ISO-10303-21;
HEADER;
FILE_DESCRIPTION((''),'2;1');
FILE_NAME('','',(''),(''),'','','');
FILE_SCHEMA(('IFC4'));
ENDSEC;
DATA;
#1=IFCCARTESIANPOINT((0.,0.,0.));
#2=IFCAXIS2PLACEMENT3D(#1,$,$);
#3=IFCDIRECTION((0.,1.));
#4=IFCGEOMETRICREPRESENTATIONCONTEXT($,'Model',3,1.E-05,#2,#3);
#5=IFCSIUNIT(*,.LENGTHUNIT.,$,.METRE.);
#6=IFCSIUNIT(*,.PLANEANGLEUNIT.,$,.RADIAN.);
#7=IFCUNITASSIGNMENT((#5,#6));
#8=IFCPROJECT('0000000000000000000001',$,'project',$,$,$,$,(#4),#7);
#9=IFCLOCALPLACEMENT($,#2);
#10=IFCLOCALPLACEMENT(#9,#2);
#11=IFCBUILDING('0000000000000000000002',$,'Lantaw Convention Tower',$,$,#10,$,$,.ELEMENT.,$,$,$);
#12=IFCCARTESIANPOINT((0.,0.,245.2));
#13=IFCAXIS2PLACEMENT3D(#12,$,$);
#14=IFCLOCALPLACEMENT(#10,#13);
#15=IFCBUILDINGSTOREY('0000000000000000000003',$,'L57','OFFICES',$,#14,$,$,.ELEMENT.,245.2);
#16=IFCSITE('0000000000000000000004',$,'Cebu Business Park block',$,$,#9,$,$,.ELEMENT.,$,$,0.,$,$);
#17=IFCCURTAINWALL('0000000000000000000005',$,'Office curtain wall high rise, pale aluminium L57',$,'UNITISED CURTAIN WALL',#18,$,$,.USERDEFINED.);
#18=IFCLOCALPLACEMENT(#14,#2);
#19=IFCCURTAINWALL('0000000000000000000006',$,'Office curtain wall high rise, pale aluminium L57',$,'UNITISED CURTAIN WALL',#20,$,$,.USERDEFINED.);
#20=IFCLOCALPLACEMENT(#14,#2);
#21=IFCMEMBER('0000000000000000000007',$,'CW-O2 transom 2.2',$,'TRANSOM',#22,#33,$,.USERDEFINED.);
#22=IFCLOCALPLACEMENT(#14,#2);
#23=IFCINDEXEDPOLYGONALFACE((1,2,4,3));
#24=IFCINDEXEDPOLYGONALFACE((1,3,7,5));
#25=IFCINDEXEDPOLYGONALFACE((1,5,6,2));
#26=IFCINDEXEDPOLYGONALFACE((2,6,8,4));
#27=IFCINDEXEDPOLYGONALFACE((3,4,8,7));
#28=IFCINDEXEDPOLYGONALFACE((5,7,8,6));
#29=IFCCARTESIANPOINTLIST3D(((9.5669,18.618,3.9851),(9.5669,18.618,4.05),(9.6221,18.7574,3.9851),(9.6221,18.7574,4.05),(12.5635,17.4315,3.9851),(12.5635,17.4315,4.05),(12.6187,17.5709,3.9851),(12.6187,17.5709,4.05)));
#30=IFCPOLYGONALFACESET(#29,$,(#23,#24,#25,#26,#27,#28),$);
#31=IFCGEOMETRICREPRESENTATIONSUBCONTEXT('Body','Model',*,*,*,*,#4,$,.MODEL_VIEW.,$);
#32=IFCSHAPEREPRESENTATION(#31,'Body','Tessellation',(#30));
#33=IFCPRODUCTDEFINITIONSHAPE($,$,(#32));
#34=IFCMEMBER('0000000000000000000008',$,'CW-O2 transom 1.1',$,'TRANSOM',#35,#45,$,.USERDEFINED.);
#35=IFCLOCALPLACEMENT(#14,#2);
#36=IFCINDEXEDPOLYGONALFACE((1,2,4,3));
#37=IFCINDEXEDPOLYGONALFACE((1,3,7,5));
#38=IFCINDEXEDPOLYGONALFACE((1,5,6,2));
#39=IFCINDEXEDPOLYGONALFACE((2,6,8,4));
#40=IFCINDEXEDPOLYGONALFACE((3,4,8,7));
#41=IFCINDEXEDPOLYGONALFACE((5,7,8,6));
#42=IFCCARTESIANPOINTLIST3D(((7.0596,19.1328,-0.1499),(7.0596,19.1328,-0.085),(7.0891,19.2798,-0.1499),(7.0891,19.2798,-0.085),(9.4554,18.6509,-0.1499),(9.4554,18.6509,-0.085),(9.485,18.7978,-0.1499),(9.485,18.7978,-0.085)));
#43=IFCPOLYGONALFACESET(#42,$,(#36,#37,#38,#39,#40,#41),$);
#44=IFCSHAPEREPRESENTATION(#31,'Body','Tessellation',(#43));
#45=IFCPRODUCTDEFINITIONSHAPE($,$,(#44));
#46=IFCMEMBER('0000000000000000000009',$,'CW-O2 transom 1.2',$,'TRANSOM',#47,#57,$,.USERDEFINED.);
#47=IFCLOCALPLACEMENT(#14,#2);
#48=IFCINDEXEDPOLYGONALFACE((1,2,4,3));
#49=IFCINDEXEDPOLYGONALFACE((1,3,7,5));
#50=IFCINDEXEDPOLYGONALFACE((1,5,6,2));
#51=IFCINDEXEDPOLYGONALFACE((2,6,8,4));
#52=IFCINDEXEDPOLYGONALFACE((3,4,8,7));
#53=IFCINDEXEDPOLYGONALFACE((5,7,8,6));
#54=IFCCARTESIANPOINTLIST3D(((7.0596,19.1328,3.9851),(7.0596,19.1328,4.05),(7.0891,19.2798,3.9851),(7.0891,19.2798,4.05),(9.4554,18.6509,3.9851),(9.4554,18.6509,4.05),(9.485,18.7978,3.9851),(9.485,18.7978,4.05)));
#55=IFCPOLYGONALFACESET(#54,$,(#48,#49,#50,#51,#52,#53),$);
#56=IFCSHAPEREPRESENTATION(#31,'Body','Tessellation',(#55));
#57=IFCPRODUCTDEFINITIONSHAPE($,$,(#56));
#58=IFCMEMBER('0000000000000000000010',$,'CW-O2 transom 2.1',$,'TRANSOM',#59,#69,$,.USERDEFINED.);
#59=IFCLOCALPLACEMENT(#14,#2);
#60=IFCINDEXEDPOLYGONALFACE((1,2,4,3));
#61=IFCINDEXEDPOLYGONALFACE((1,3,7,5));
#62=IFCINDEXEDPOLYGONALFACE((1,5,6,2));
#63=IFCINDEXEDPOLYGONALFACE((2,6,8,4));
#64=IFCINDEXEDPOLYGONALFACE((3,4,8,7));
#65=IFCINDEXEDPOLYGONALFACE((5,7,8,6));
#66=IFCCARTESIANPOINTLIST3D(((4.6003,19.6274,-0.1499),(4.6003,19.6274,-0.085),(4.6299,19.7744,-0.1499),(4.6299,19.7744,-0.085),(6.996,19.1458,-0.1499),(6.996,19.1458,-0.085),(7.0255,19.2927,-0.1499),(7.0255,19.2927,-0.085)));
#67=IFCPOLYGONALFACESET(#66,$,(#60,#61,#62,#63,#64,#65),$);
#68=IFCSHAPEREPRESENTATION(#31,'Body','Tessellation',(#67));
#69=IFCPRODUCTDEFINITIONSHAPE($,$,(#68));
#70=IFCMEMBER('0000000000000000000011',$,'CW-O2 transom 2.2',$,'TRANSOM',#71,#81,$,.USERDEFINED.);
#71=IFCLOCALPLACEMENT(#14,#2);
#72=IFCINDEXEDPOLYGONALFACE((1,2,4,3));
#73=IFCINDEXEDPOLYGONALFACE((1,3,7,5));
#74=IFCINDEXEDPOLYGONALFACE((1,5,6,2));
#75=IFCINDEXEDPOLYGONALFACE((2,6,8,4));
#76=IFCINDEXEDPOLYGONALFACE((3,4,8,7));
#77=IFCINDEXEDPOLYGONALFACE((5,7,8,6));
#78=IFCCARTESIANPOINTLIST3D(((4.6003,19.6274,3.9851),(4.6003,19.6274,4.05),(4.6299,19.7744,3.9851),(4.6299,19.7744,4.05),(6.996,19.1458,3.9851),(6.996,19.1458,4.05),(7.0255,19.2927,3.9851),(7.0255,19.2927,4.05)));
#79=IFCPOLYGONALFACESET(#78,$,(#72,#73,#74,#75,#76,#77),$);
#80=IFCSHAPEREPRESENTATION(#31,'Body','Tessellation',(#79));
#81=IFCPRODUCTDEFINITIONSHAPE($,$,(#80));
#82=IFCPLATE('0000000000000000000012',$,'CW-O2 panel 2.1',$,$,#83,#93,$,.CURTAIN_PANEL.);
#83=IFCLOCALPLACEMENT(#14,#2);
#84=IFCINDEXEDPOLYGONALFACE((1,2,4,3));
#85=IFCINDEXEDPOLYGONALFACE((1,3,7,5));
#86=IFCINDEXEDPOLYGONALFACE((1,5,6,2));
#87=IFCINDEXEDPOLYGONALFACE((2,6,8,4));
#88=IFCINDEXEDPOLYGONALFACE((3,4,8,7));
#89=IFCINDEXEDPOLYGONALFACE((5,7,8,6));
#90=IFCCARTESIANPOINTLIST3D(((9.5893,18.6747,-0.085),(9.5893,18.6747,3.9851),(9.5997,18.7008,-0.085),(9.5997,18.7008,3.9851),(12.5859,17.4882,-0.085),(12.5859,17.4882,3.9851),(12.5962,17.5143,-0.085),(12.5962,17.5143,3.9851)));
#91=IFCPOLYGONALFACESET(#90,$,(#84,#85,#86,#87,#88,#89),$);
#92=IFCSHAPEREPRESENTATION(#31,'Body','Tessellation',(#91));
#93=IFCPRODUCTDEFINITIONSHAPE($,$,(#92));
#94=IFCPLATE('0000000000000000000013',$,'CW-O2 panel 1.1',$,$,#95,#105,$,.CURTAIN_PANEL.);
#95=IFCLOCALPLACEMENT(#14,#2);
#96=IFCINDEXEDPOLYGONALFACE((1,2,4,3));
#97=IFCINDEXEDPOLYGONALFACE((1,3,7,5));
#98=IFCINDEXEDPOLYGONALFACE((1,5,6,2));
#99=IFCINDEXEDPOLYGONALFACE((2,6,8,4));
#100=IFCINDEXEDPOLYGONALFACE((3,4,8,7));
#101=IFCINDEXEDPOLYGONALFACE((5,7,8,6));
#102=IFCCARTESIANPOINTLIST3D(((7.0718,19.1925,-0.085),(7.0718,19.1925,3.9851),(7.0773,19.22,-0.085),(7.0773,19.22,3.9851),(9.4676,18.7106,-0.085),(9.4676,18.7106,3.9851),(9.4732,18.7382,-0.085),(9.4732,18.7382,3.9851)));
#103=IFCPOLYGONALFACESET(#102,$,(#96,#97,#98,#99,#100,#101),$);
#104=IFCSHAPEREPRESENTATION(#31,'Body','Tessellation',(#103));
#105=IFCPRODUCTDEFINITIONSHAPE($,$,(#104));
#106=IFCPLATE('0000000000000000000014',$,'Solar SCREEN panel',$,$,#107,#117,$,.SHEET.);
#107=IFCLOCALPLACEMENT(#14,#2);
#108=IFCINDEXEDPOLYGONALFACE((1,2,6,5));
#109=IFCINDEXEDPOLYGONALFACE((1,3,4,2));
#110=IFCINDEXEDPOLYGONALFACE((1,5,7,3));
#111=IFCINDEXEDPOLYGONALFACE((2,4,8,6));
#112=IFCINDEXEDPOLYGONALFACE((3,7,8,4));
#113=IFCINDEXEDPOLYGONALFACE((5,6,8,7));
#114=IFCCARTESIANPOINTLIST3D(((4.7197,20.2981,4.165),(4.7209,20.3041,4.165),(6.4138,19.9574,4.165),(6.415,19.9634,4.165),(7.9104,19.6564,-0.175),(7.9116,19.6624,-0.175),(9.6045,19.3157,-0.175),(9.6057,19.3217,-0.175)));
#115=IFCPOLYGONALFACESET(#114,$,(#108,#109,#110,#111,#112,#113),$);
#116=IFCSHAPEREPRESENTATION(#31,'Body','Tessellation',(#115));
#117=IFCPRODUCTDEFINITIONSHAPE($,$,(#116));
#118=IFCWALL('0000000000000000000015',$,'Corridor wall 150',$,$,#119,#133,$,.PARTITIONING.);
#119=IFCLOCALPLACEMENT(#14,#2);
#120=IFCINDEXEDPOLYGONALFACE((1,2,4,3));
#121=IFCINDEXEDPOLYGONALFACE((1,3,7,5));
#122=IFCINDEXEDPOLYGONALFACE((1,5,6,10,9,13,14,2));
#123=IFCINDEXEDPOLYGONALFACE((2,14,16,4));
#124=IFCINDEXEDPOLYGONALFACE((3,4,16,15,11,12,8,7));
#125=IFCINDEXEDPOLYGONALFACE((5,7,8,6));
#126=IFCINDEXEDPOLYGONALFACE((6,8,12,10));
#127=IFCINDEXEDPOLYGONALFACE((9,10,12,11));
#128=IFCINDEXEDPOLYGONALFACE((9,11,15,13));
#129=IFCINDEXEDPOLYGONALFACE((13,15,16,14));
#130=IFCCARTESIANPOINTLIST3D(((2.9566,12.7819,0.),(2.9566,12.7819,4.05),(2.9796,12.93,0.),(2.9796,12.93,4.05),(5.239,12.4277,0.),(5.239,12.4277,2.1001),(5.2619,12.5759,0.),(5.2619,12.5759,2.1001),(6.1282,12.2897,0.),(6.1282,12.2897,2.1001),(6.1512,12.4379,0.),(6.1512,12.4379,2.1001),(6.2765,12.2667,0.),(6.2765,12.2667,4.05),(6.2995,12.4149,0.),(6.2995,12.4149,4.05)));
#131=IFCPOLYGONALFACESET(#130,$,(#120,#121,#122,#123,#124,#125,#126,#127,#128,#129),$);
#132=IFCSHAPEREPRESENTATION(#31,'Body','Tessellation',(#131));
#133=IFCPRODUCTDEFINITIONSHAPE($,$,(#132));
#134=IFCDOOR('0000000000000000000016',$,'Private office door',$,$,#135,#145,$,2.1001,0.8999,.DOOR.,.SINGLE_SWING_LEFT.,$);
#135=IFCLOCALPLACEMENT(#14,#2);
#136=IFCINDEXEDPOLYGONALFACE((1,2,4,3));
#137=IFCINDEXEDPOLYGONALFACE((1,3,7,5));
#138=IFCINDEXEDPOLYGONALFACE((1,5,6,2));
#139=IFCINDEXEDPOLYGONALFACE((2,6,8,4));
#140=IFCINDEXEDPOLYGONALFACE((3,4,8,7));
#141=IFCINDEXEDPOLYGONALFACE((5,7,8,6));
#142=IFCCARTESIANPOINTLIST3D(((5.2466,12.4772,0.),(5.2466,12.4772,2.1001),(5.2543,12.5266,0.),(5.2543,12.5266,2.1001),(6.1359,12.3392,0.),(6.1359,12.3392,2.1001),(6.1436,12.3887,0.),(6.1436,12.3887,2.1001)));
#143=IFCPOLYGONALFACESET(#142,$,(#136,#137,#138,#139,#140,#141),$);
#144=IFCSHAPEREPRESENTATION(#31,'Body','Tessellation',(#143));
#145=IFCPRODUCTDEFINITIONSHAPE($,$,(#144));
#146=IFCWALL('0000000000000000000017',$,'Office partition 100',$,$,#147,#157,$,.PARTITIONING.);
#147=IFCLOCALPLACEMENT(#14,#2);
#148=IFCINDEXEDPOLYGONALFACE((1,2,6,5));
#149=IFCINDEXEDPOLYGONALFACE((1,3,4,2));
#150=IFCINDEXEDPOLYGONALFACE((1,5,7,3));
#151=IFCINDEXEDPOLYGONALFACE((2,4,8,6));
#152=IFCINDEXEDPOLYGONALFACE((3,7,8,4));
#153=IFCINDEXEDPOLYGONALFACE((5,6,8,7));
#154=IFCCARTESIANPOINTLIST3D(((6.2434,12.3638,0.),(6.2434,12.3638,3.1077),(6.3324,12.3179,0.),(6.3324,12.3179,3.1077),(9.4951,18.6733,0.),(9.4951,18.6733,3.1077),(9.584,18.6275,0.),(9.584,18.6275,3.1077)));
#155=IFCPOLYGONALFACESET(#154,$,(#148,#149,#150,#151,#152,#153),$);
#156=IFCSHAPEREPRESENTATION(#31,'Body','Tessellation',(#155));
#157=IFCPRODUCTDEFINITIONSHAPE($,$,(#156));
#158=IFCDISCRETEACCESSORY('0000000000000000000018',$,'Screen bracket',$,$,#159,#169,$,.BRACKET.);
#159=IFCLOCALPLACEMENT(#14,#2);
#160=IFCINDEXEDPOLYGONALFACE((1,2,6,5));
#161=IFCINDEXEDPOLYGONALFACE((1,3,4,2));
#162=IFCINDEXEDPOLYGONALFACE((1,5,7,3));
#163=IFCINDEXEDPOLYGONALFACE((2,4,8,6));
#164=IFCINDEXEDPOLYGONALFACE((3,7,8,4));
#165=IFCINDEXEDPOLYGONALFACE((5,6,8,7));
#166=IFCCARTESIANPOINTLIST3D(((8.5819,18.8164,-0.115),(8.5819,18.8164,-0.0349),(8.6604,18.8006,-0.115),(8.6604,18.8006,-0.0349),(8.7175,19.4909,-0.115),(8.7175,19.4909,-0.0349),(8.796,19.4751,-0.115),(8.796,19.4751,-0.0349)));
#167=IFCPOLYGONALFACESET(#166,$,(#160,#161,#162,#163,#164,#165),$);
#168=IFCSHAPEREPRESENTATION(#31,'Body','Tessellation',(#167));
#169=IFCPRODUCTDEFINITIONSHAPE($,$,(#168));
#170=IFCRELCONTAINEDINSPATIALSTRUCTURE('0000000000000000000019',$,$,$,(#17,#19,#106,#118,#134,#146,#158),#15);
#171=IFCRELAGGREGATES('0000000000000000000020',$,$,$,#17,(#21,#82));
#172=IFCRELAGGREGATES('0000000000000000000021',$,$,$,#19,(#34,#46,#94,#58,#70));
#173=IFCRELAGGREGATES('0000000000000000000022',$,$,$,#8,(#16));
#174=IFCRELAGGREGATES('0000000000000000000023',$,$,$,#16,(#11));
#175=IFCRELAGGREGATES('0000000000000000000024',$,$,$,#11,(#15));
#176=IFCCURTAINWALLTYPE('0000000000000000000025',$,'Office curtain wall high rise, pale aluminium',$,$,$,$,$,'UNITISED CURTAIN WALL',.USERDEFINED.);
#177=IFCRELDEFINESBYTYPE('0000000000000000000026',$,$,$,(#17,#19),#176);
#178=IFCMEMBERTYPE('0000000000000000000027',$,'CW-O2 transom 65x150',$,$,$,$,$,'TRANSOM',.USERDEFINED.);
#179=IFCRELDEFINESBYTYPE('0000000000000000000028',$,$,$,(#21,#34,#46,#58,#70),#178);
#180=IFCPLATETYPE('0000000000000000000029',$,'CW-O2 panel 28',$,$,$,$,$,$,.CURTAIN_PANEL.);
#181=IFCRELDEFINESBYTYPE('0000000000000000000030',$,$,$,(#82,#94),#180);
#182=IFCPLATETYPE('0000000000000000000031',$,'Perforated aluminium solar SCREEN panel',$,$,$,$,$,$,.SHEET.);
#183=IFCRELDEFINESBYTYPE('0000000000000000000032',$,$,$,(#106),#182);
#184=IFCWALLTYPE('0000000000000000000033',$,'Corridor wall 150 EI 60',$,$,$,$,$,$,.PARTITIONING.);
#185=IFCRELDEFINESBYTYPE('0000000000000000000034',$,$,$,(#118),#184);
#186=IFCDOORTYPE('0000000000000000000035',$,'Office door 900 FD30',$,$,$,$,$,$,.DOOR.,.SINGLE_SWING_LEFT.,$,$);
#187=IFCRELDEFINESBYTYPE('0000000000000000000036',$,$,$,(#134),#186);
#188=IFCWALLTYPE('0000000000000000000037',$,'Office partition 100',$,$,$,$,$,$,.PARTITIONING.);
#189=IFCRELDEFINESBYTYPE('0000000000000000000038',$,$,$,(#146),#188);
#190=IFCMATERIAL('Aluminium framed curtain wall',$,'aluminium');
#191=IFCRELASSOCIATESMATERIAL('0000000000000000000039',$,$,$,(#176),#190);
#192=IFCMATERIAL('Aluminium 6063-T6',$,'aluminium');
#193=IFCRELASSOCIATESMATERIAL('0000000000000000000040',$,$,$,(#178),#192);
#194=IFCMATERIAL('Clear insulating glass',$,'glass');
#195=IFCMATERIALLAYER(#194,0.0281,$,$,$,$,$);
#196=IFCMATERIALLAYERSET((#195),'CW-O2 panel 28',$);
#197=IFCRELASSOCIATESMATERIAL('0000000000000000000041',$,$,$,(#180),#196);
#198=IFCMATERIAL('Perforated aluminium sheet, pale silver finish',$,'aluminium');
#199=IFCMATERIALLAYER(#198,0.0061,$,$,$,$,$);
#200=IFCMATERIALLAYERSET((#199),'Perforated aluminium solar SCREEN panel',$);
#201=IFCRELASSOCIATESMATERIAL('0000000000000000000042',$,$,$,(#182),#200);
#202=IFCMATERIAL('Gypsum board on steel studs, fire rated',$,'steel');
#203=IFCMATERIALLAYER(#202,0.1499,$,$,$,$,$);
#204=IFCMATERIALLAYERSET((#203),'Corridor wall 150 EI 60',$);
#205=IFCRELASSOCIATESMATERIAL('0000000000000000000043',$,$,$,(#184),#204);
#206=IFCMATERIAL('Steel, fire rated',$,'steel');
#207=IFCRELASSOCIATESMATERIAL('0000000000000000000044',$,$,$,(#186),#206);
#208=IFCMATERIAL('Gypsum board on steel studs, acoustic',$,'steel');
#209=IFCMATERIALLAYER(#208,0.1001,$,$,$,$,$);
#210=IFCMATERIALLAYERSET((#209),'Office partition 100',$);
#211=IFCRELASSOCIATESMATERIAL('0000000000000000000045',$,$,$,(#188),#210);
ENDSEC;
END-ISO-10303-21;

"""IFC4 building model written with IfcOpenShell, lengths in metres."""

from ifc_helpers import new_model, si_unit, direction, frame, frame_2d, origin, origin_2d, place, context, subcontext, project, spatial, polyline, rectangle, outline, extrude, material, layer, layer_set, material_profile, profile_set, type_object, element, fill, aggregate, save


model = new_model("IFC4")

# Units and contexts
model_context = context("Model", 3, precision=1e-05, world=origin(), true_north=direction((0.0, 1.0)))
body_context = subcontext(model_context, "Body", "Model", "MODEL_VIEW")
ifc_project = project(units=[si_unit("LENGTHUNIT", "METRE"), si_unit("PLANEANGLEUNIT", "RADIAN")], contexts=[model_context])

# Site, building, storey
site_placement = place(None, origin())
site = spatial("IfcSite", under=ifc_project, at=site_placement, Name="Cebu Business Park block", CompositionType="ELEMENT", RefElevation=0.0)
building_placement = place(site_placement, origin())
building = spatial("IfcBuilding", under=site, at=building_placement, Name="Lantaw Convention Tower", CompositionType="ELEMENT")
storey_placement = place(building_placement, frame((0.0, 0.0, 245.2)))
storey = spatial("IfcBuildingStorey", under=building, at=storey_placement, Name="L57", Description="OFFICES", CompositionType="ELEMENT", Elevation=245.2)

# Curtain walls
ifc_material_1 = material(Name="Aluminium framed curtain wall", Category="aluminium")
curtain_wall_type = type_object("IfcCurtainWallType", Name="Office curtain wall high rise, pale aluminium", ElementType="UNITISED CURTAIN WALL", PredefinedType="USERDEFINED", material=ifc_material_1)
curtain_wall_1_placement = place(storey_placement, origin())
curtain_wall_1 = element("IfcCurtainWall", 1, at=curtain_wall_1_placement, inside=storey, type_object=curtain_wall_type, Name="Office curtain wall high rise, pale aluminium L57", ObjectType="UNITISED CURTAIN WALL", PredefinedType="USERDEFINED")
ifc_material_2 = material(Name="Aluminium 6063-T6", Category="aluminium")
curtain_wall_2_placement = place(storey_placement, origin())
curtain_wall_2 = element("IfcCurtainWall", 2, at=curtain_wall_2_placement, inside=storey, type_object=curtain_wall_type, Name="Office curtain wall high rise, pale aluminium L57", ObjectType="UNITISED CURTAIN WALL", PredefinedType="USERDEFINED")

# Members
ifc_material_profile_1 = material_profile(ifc_material_2, rectangle(XDim=0.1499, YDim=0.0649, at=origin_2d()), Name="CW-O2 transom 65x150")
ifc_profile_set_1 = profile_set([ifc_material_profile_1], Name="Aluminium 6063-T6")
member_type_1 = type_object("IfcMemberType", Name="CW-O2 transom 65x150", ElementType="TRANSOM", PredefinedType="USERDEFINED", material=ifc_profile_set_1)
member_1_placement = place(storey_placement, frame((12.5911, 17.5012, 4.0176), z_axis=(-0.929767, 0.368149, 0.0), x_axis=(-0.368149, -0.929767, 0.0)))
member_1 = element("IfcMember", 3, at=member_1_placement, type_object=member_type_1, Name="CW-O2 transom 2.2", ObjectType="TRANSOM", PredefinedType="USERDEFINED", context=body_context, shape_type="SweptSolid", body=[
    extrude(rectangle(XDim=0.1499, YDim=0.0649, at=origin_2d()), origin(), (0.0, 0.0, 1.0), 3.2229),
])
member_2_placement = place(storey_placement, frame((9.4702, 18.7244, -0.1174), z_axis=(-0.980361, 0.197211, 0.0), x_axis=(-0.197211, -0.980361, 0.0)))
member_2 = element("IfcMember", 4, at=member_2_placement, type_object=member_type_1, Name="CW-O2 transom 1.1", ObjectType="TRANSOM", PredefinedType="USERDEFINED", context=body_context, shape_type="SweptSolid", body=[
    extrude(rectangle(XDim=0.1499, YDim=0.0649, at=origin_2d()), origin(), (0.0, 0.0, 1.0), 2.4438),
])
member_3_placement = place(storey_placement, frame((9.4702, 18.7244, 4.0176), z_axis=(-0.980361, 0.197211, 0.0), x_axis=(-0.197211, -0.980361, 0.0)))
member_3 = element("IfcMember", 5, at=member_3_placement, type_object=member_type_1, Name="CW-O2 transom 1.2", ObjectType="TRANSOM", PredefinedType="USERDEFINED", context=body_context, shape_type="SweptSolid", body=[
    extrude(rectangle(XDim=0.1499, YDim=0.0649, at=origin_2d()), origin(), (0.0, 0.0, 1.0), 2.4438),
])
member_4_placement = place(storey_placement, frame((7.0107, 19.2192, -0.1174), z_axis=(-0.98038, 0.197115, 0.0), x_axis=(-0.197115, -0.98038, 0.0)))
member_4 = element("IfcMember", 6, at=member_4_placement, type_object=member_type_1, Name="CW-O2 transom 2.1", ObjectType="TRANSOM", PredefinedType="USERDEFINED", context=body_context, shape_type="SweptSolid", body=[
    extrude(rectangle(XDim=0.1499, YDim=0.0649, at=origin_2d()), origin(), (0.0, 0.0, 1.0), 2.4436),
])
member_5_placement = place(storey_placement, frame((7.0107, 19.2192, 4.0176), z_axis=(-0.98038, 0.197115, 0.0), x_axis=(-0.197115, -0.98038, 0.0)))
member_5 = element("IfcMember", 7, at=member_5_placement, type_object=member_type_1, Name="CW-O2 transom 2.2", ObjectType="TRANSOM", PredefinedType="USERDEFINED", context=body_context, shape_type="SweptSolid", body=[
    extrude(rectangle(XDim=0.1499, YDim=0.0649, at=origin_2d()), origin(), (0.0, 0.0, 1.0), 2.4436),
])

# Plates
ifc_material_3 = material(Name="Clear insulating glass", Category="glass")
ifc_layer_1 = layer(ifc_material_3, 0.0281)
ifc_layer_set_1 = layer_set([ifc_layer_1], Name="CW-O2 panel 28")
plate_type_1 = type_object("IfcPlateType", Name="CW-O2 panel 28", PredefinedType="CURTAIN_PANEL", material=ifc_layer_set_1)
plate_1_placement = place(storey_placement, frame((11.0928, 18.0945, -0.085), z_axis=(0.0, 0.0, 1.0), x_axis=(-0.929762, 0.368162, 0.0)))
plate_1 = element("IfcPlate", 8, at=plate_1_placement, type_object=plate_type_1, Name="CW-O2 panel 2.1", PredefinedType="CURTAIN_PANEL", context=body_context, shape_type="SweptSolid", body=[
    extrude(rectangle(XDim=3.2229, YDim=0.0281, at=origin_2d()), origin(), (0.0, 0.0, 1.0), 4.0701),
])
aggregate(curtain_wall_1, [member_1, plate_1])
plate_2_placement = place(storey_placement, frame((8.2725, 18.9653, -0.085), z_axis=(0.0, 0.0, 1.0), x_axis=(-0.980367, 0.197183, 0.0)))
plate_2 = element("IfcPlate", 9, at=plate_2_placement, type_object=plate_type_1, Name="CW-O2 panel 1.1", PredefinedType="CURTAIN_PANEL", context=body_context, shape_type="SweptSolid", body=[
    extrude(rectangle(XDim=2.4438, YDim=0.0281, at=origin_2d()), origin(), (0.0, 0.0, 1.0), 4.0701),
])
aggregate(curtain_wall_2, [member_2, member_3, plate_2, member_4, member_5])
ifc_material_4 = material(Name="Perforated aluminium sheet, pale silver finish", Category="aluminium")
ifc_layer_2 = layer(ifc_material_4, 0.0061)
ifc_layer_set_2 = layer_set([ifc_layer_2], Name="Perforated aluminium solar SCREEN panel")
plate_type_2 = type_object("IfcPlateType", Name="Perforated aluminium solar SCREEN panel", PredefinedType="SHEET", material=ifc_layer_set_2)
plate_3_placement = place(storey_placement, frame((9.6045, 19.3157, -0.175), z_axis=(-0.197162, -0.980371, 0.000011), x_axis=(-0.980371, 0.197162, 0.0)))
element("IfcPlate", 10, at=plate_3_placement, inside=storey, type_object=plate_type_2, Name="Solar SCREEN panel", PredefinedType="SHEET", context=body_context, shape_type="SweptSolid", body=[
    extrude(outline(polyline([(0.0, 0.0), (1.728, 0.0), (4.9826, -4.3401), (3.2545, -4.3401), (0.0, 0.0)])), origin(), (0.0, 0.0, -1.0), 0.0061),
])

# Wall, opening, door
ifc_material_5 = material(Name="Gypsum board on steel studs, fire rated", Category="steel")
ifc_layer_3 = layer(ifc_material_5, 0.1499)
ifc_layer_set_3 = layer_set([ifc_layer_3], Name="Corridor wall 150 EI 60")
wall_type_1 = type_object("IfcWallType", Name="Corridor wall 150 EI 60", PredefinedType="PARTITIONING", material=ifc_layer_set_3)
wall_1_placement = place(storey_placement, frame((6.2878, 12.3408, 0.0), z_axis=(0.0, 0.0, 1.0), x_axis=(-0.988174, 0.153335, 0.0)))
wall_1 = element("IfcWall", 11, at=wall_1_placement, inside=storey, type_object=wall_type_1, Name="Corridor wall 150", PredefinedType="PARTITIONING", context=body_context, shape_type="SweptSolid", body=[
    extrude(rectangle(XDim=3.3596, YDim=0.1499, at=frame_2d((1.6797, 0.0))), origin(), (0.0, 0.0, 1.0), 4.05),
])
opening_placement = place(wall_1_placement, frame((0.1499, 0.0, 0.0)))
opening = element("IfcOpeningElement", 12, at=opening_placement, cuts=wall_1, PredefinedType="OPENING", context=body_context, shape_type="SweptSolid", body=[
    extrude(rectangle(XDim=0.8999, YDim=2.1001, at=frame_2d((0.45, 1.05))), frame((0.0, 0.085, 0.0), z_axis=(0.0, -1.0, 0.0), x_axis=(1.0, 0.0, 0.0)), (0.0, 0.0, 1.0), 0.1699),
])
ifc_material_6 = material(Name="Steel, fire rated", Category="steel")
door_type = type_object("IfcDoorType", Name="Office door 900 FD30", OperationType="SINGLE_SWING_LEFT", PredefinedType="DOOR", material=ifc_material_6)
door_placement = place(opening_placement, origin())
door = element("IfcDoor", 13, at=door_placement, inside=storey, type_object=door_type, Name="Private office door", OperationType="SINGLE_SWING_LEFT", OverallHeight=2.1001, OverallWidth=0.8999, PredefinedType="DOOR", context=body_context, shape_type="SweptSolid", body=[
    extrude(rectangle(XDim=0.8999, YDim=2.1001, at=frame_2d((0.45, 1.05))), frame((0.0, 0.0249, 0.0), z_axis=(0.0, -1.0, 0.0), x_axis=(1.0, 0.0, 0.0)), (0.0, 0.0, 1.0), 0.05),
])
fill(opening, door)

# Wall
ifc_material_7 = material(Name="Gypsum board on steel studs, acoustic", Category="steel")
ifc_layer_4 = layer(ifc_material_7, 0.1001)
ifc_layer_set_4 = layer_set([ifc_layer_4], Name="Office partition 100")
wall_type_2 = type_object("IfcWallType", Name="Office partition 100", PredefinedType="PARTITIONING", material=ifc_layer_set_4)
wall_2_placement = place(storey_placement, frame((9.5396, 18.6504, 0.0), z_axis=(0.0, 0.0, 1.0), x_axis=(-0.458104, -0.888899, 0.0)))
element("IfcWall", 14, at=wall_2_placement, inside=storey, type_object=wall_type_2, Name="Office partition 100", PredefinedType="PARTITIONING", context=body_context, shape_type="SweptSolid", body=[
    extrude(rectangle(XDim=7.0981, YDim=0.1001, at=frame_2d((3.5491, 0.0))), origin(), (0.0, 0.0, 1.0), 3.1077),
])

# Discrete accessory
discrete_accessory_placement = place(storey_placement, frame((8.689, 19.1458, -0.115), z_axis=(0.0, 0.0, 1.0), x_axis=(-0.980367, 0.197183, 0.0)))
element("IfcDiscreteAccessory", 15, at=discrete_accessory_placement, inside=storey, Name="Screen bracket", PredefinedType="BRACKET", context=body_context, shape_type="SweptSolid", body=[
    extrude(rectangle(XDim=0.0801, YDim=0.688, at=origin_2d()), origin(), (0.0, 0.0, 1.0), 0.0801),
])

save(model, "model.ifc")
